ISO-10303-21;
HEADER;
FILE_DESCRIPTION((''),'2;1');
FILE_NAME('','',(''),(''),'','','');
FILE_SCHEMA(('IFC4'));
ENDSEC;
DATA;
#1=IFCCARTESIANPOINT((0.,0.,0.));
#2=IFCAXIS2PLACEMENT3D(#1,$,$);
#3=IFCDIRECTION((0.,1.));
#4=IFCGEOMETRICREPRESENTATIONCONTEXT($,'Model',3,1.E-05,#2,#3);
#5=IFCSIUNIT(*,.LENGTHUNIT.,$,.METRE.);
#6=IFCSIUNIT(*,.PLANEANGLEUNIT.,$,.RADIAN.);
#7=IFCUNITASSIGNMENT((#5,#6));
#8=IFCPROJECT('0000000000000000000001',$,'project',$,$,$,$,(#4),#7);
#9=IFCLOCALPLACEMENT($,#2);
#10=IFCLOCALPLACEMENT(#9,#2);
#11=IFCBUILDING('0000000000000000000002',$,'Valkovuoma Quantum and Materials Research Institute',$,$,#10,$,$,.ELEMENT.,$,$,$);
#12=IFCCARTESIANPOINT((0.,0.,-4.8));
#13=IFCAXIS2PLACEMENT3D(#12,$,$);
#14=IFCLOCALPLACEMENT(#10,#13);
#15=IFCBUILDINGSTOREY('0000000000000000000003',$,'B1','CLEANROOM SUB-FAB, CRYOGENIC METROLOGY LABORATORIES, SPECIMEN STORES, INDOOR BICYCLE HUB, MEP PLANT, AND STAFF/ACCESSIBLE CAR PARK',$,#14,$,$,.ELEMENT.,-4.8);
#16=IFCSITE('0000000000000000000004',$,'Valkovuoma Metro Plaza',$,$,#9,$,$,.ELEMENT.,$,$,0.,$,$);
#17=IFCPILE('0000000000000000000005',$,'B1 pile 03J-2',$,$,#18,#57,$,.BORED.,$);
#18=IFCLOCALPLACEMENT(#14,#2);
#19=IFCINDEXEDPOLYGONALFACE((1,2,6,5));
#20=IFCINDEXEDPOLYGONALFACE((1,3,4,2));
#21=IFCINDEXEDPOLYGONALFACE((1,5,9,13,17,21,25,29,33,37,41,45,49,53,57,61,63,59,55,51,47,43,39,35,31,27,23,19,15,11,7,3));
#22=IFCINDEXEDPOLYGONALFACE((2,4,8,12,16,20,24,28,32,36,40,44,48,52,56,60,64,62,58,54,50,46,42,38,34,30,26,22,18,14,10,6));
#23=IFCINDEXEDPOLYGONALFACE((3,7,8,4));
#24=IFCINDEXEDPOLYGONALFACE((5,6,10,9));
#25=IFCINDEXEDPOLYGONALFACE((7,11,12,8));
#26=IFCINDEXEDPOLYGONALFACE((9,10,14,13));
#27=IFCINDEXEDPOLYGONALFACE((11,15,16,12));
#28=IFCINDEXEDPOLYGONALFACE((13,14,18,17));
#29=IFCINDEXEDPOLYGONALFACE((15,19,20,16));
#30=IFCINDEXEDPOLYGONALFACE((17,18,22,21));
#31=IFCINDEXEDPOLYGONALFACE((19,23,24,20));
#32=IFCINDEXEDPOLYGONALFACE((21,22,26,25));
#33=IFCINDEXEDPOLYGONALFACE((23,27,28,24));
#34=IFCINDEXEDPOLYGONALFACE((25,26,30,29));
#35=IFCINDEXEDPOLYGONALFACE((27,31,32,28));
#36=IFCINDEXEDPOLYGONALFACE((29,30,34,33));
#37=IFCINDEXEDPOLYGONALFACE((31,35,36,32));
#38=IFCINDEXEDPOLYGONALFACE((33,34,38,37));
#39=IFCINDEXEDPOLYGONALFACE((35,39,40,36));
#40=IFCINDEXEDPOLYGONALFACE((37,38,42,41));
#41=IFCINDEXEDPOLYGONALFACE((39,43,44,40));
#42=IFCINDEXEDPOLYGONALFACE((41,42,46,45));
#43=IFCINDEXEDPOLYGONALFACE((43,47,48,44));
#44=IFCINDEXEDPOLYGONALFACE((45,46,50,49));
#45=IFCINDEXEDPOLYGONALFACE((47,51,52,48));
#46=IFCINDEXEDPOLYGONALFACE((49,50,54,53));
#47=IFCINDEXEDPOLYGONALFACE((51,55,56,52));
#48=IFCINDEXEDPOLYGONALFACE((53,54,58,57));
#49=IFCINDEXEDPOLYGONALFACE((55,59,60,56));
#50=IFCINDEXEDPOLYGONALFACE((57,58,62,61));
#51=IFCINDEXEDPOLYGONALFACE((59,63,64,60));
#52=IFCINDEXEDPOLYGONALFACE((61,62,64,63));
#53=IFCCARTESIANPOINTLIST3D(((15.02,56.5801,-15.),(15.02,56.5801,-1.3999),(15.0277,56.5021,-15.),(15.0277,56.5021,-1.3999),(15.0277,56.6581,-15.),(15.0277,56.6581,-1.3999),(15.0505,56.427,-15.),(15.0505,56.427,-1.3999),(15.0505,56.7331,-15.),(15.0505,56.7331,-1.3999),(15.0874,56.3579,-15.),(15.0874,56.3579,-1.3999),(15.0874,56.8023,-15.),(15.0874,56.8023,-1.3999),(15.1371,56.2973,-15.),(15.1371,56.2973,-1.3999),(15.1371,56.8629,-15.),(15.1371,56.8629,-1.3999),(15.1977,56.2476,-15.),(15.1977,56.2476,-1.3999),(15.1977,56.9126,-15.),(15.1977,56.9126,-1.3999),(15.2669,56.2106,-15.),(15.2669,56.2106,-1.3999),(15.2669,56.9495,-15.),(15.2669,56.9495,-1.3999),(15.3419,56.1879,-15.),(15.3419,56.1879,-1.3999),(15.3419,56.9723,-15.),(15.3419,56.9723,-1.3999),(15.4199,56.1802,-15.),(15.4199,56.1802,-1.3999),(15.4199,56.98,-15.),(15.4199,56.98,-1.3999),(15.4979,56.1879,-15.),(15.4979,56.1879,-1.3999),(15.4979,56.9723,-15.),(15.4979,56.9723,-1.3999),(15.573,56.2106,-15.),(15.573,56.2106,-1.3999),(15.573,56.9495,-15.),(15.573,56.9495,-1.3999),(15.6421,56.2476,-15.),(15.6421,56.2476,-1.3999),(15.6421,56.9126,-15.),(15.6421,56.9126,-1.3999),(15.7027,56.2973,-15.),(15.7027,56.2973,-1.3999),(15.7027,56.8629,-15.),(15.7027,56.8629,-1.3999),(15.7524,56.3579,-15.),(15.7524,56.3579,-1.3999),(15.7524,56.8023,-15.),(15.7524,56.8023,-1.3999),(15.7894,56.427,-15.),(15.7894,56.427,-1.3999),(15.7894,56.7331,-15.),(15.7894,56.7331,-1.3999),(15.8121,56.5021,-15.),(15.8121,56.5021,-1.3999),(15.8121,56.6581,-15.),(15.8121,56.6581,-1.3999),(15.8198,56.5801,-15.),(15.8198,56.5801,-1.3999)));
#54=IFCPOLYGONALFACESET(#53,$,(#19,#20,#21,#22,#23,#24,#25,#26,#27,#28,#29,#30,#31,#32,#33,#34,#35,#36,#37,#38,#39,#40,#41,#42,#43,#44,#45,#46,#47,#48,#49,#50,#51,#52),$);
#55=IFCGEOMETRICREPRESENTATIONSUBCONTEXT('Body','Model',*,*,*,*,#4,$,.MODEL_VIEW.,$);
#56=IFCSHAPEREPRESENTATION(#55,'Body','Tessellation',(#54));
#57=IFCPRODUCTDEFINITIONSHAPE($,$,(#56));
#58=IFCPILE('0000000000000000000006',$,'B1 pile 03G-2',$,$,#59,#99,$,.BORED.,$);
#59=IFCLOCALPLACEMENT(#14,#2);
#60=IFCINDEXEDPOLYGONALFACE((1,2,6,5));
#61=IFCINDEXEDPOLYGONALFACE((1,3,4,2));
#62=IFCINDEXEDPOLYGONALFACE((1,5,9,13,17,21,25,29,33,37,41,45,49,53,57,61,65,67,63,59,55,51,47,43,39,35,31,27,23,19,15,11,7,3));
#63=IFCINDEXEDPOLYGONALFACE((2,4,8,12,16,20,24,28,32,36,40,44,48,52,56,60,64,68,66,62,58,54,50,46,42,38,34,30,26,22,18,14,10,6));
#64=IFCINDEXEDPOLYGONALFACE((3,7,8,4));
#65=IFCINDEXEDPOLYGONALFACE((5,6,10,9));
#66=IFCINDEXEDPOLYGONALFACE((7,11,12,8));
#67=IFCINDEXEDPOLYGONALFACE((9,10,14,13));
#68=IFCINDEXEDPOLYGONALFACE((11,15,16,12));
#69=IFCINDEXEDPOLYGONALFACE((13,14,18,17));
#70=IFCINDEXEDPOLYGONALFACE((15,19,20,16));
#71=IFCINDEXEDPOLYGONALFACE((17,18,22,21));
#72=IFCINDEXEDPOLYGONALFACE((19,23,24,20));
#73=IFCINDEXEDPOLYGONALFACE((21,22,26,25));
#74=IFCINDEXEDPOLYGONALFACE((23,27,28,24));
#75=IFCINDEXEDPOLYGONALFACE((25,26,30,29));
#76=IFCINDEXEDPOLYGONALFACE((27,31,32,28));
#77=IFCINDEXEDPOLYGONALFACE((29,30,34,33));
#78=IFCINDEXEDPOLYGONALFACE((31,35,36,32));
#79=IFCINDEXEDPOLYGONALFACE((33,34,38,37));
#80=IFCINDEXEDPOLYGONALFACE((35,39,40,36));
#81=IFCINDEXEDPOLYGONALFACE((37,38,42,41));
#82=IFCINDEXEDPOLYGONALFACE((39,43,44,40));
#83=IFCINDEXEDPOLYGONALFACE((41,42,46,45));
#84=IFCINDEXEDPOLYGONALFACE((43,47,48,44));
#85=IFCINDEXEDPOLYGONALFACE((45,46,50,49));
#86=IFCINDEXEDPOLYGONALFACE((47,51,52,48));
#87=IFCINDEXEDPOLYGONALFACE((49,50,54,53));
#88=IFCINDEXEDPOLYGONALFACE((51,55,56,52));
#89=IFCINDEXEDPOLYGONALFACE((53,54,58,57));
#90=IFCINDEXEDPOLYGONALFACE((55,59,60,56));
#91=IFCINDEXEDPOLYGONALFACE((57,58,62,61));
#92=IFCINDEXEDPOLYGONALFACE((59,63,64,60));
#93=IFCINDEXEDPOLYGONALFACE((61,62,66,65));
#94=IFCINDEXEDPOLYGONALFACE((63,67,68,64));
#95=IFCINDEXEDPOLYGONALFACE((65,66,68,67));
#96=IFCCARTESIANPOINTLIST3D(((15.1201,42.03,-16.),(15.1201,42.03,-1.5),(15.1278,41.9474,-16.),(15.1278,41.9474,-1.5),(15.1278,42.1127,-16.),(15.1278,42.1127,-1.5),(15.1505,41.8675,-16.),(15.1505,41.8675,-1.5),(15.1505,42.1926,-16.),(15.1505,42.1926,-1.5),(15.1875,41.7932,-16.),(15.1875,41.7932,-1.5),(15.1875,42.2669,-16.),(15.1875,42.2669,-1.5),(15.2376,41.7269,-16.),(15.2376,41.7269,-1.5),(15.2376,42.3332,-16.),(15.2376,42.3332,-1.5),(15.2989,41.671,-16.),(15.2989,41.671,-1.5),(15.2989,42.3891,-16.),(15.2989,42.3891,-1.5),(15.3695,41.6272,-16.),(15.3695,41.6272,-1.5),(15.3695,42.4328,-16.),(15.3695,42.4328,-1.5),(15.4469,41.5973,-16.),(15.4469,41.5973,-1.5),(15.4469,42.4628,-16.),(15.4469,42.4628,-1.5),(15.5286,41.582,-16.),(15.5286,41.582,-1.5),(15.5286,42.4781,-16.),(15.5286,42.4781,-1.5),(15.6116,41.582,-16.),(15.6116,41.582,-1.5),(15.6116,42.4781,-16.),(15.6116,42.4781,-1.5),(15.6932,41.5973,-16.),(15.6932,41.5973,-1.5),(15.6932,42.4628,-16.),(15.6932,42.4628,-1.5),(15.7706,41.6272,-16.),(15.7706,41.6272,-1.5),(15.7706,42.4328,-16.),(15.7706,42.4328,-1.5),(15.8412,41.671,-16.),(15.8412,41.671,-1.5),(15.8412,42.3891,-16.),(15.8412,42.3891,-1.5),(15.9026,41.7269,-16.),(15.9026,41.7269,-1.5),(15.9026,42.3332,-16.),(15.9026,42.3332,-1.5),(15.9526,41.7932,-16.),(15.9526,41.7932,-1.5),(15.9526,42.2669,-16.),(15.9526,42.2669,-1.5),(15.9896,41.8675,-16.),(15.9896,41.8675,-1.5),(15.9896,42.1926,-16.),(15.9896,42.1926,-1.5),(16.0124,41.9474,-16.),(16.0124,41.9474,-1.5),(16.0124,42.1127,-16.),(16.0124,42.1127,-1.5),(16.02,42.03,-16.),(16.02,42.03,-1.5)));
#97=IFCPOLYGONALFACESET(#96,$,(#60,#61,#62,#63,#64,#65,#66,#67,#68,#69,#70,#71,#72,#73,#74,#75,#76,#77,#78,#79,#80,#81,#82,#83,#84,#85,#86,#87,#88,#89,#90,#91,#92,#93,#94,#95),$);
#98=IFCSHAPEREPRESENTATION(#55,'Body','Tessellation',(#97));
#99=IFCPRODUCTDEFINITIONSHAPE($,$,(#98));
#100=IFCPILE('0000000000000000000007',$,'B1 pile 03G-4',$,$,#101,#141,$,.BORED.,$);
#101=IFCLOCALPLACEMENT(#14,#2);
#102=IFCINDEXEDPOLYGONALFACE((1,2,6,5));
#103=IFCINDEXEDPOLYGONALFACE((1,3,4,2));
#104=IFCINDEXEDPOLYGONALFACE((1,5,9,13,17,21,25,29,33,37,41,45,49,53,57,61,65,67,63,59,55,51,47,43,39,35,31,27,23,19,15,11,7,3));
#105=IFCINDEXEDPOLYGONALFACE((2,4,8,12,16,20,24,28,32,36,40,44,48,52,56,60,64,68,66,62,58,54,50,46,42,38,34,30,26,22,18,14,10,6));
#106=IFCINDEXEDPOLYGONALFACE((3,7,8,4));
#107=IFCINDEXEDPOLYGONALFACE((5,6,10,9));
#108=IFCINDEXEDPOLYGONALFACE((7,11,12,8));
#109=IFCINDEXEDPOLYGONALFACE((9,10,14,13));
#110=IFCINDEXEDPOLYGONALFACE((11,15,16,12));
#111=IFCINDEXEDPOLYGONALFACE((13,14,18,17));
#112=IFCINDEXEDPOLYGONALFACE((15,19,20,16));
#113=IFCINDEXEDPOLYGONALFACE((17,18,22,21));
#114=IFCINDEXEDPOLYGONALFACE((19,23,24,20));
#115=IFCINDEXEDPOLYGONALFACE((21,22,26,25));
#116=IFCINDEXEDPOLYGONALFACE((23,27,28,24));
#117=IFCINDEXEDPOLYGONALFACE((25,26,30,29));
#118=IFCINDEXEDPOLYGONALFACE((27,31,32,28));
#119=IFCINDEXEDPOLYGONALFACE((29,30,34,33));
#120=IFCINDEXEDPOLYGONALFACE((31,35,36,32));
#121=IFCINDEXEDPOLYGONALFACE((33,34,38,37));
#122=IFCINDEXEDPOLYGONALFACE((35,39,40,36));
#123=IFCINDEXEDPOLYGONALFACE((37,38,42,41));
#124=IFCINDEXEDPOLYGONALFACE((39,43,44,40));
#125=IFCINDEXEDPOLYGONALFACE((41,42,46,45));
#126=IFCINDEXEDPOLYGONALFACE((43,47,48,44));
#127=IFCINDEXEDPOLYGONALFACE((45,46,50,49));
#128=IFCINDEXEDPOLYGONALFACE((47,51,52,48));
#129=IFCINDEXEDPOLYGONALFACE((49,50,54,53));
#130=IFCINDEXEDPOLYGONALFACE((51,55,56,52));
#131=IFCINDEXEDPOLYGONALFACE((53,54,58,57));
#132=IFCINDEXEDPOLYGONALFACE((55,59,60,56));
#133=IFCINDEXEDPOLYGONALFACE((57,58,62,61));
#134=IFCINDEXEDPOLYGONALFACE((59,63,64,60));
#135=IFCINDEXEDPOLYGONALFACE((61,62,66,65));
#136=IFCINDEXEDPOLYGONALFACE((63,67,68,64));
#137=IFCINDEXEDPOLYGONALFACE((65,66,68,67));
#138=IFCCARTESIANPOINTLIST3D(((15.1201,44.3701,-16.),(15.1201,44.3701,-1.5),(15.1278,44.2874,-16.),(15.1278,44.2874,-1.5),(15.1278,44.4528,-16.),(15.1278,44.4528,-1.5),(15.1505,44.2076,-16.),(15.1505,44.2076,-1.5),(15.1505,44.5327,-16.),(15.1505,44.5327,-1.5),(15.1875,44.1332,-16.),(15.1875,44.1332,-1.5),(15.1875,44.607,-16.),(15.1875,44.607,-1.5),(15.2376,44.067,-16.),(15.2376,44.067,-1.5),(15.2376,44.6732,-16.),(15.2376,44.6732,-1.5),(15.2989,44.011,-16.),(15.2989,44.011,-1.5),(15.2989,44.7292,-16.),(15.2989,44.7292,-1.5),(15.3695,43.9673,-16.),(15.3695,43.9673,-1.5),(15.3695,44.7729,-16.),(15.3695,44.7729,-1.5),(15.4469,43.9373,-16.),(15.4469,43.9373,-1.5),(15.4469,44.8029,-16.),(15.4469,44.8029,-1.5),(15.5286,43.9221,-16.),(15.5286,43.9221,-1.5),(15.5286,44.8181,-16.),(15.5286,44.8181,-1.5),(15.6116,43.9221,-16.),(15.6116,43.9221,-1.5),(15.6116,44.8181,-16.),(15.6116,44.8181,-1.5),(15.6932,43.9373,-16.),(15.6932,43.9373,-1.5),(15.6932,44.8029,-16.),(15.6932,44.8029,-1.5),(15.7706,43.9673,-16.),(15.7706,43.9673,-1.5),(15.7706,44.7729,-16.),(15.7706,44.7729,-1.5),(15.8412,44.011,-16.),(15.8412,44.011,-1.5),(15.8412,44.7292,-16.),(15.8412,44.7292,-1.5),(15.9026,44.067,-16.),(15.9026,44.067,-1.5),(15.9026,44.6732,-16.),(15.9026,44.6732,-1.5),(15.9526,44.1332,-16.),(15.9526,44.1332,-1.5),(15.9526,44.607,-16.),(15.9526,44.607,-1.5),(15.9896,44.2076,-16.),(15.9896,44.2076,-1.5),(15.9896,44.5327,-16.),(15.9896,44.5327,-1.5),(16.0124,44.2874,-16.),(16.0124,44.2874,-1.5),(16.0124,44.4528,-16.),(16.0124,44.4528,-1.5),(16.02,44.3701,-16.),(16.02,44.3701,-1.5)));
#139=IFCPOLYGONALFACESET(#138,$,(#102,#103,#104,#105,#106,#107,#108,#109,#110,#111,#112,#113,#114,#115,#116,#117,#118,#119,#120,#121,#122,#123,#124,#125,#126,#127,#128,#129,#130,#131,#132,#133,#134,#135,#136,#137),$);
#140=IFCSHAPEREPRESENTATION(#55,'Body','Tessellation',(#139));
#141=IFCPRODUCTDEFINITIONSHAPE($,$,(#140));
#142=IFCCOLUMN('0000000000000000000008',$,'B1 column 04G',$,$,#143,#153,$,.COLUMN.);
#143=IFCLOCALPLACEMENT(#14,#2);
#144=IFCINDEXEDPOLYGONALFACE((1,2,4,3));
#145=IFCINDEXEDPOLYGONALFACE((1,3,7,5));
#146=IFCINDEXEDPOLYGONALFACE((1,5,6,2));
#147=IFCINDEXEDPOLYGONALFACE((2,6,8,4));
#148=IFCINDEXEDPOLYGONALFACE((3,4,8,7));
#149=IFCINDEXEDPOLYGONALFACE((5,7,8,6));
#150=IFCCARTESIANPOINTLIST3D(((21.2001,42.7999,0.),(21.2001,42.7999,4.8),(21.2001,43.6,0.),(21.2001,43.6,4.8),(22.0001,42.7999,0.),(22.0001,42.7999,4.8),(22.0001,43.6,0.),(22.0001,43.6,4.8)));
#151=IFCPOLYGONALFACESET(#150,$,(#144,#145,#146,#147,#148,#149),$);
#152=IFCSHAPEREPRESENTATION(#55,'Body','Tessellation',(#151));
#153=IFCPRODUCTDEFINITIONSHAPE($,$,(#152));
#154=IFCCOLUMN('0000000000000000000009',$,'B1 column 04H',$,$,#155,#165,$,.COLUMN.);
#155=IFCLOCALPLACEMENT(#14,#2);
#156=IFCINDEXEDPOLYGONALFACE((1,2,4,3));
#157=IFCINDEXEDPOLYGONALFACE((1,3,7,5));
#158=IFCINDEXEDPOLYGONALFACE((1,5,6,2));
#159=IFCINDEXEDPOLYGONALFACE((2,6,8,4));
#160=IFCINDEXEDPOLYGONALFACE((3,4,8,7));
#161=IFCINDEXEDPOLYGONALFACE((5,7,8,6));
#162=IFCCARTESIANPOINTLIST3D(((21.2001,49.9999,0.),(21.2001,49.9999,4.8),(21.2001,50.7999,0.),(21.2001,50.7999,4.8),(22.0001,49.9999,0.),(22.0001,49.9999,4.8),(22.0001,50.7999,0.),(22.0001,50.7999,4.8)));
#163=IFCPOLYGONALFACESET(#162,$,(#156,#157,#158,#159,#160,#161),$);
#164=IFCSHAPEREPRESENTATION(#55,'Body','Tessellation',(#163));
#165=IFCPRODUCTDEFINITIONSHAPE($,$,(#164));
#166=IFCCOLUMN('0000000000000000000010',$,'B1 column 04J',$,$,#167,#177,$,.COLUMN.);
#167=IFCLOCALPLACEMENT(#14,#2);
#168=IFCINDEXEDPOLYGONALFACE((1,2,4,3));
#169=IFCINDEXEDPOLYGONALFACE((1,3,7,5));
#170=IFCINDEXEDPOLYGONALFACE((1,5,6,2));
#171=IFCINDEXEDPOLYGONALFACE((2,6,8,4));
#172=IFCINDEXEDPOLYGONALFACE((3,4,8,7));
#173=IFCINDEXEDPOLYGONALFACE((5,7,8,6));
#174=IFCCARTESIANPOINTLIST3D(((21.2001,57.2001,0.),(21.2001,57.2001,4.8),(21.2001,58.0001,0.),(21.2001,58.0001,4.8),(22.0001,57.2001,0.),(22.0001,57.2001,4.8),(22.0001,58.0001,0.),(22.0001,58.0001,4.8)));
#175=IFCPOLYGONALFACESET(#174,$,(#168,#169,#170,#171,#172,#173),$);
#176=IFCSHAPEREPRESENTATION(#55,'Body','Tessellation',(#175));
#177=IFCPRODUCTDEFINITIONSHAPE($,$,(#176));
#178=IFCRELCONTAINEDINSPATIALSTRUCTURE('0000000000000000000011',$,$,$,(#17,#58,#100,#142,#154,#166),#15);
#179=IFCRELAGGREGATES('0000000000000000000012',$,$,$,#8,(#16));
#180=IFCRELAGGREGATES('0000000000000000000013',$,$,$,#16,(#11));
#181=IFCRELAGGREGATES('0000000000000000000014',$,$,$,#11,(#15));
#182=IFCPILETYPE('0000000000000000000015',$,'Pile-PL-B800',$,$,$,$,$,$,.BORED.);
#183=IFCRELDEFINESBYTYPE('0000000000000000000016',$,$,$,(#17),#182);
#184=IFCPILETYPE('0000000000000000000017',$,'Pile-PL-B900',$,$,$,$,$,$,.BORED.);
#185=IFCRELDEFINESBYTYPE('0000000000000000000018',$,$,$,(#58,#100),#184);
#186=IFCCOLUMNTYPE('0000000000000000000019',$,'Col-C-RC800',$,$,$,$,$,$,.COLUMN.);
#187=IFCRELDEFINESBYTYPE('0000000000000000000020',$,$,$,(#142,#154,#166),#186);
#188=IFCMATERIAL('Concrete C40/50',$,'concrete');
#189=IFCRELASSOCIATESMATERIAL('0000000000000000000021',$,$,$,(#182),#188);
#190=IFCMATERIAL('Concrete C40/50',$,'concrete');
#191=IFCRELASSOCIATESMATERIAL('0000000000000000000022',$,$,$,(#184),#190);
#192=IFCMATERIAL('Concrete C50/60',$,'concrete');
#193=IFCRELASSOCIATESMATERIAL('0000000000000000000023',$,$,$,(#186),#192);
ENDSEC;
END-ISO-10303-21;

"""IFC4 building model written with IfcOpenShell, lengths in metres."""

from ifc_helpers import new_model, si_unit, direction, frame, origin, origin_2d, place, context, subcontext, project, spatial, rectangle, circle, extrude, material, material_profile, profile_set, type_object, element, save


model = new_model("IFC4")

# Units and contexts
model_context = context("Model", 3, precision=1e-05, world=origin(), true_north=direction((0.0, 1.0)))
body_context = subcontext(model_context, "Body", "Model", "MODEL_VIEW")
ifc_project = project(units=[si_unit("LENGTHUNIT", "METRE"), si_unit("PLANEANGLEUNIT", "RADIAN")], contexts=[model_context])

# Site, building, storey
site_placement = place(None, origin())
site = spatial("IfcSite", under=ifc_project, at=site_placement, Name="Valkovuoma Metro Plaza", CompositionType="ELEMENT", RefElevation=0.0)
building_placement = place(site_placement, origin())
building = spatial("IfcBuilding", under=site, at=building_placement, Name="Valkovuoma Quantum and Materials Research Institute", CompositionType="ELEMENT")
storey_placement = place(building_placement, frame((0.0, 0.0, -4.8)))
storey = spatial("IfcBuildingStorey", under=building, at=storey_placement, Name="B1", Description="CLEANROOM SUB-FAB, CRYOGENIC METROLOGY LABORATORIES, SPECIMEN STORES, INDOOR BICYCLE HUB, MEP PLANT, AND STAFF/ACCESSIBLE CAR PARK", CompositionType="ELEMENT", Elevation=-4.8)

# Piles
ifc_material_1 = material(Name="Concrete C40/50", Category="concrete")
ifc_material_profile_1 = material_profile(ifc_material_1, circle(Radius=0.3999, at=origin_2d()), Name="Concrete C40/50")
ifc_profile_set_1 = profile_set([ifc_material_profile_1], Name="Concrete C40/50")
pile_type_1 = type_object("IfcPileType", Name="Pile-PL-B800", PredefinedType="BORED", material=ifc_profile_set_1)
pile_placement = place(storey_placement, frame((15.4199, 56.5801, -1.3999), z_axis=(0.0, 0.0, -1.0), x_axis=(1.0, 0.0, 0.0)))
element("IfcPile", 1, at=pile_placement, inside=storey, type_object=pile_type_1, Name="B1 pile 03J-2", PredefinedType="BORED", context=body_context, shape_type="SweptSolid", body=[
    extrude(circle(Radius=0.3999, at=origin_2d()), origin(), (0.0, 0.0, 1.0), 13.6001),
])
ifc_material_2 = material(Name="Concrete C40/50", Category="concrete")
ifc_material_profile_2 = material_profile(ifc_material_2, circle(Radius=0.45, at=origin_2d()), Name="Concrete C40/50")
ifc_profile_set_2 = profile_set([ifc_material_profile_2], Name="Concrete C40/50")
pile_type_2 = type_object("IfcPileType", Name="Pile-PL-B900", PredefinedType="BORED", material=ifc_profile_set_2)
for number, where, z_axis, x_axis, name in (
    (2, (15.5701, 42.03, -1.5), (0.0, 0.0, -1.0), (1.0, 0.0, 0.0), "B1 pile 03G-2"),
    (3, (15.5701, 44.3701, -1.5), (0.0, 0.0, -1.0), (1.0, 0.0, 0.0), "B1 pile 03G-4"),
):
    element("IfcPile", number, at=place(storey_placement, frame(where, z_axis=z_axis, x_axis=x_axis)), inside=storey, type_object=pile_type_2, Name=name, PredefinedType="BORED", context=body_context, shape_type="SweptSolid", body=[
        extrude(circle(Radius=0.45, at=origin_2d()), origin(), (0.0, 0.0, 1.0), 14.5),
    ])

# Columns
ifc_material_3 = material(Name="Concrete C50/60", Category="concrete")
ifc_material_profile_3 = material_profile(ifc_material_3, rectangle(XDim=0.8, YDim=0.8, at=origin_2d()), Name="Concrete C50/60")
ifc_profile_set_3 = profile_set([ifc_material_profile_3], Name="Concrete C50/60")
column_type = type_object("IfcColumnType", Name="Col-C-RC800", PredefinedType="COLUMN", material=ifc_profile_set_3)
for number, where, z_axis, x_axis, name in (
    (4, (21.6001, 43.2, 0.0), (0.0, 0.0, 1.0), (1.0, 0.0, 0.0), "B1 column 04G"),
    (5, (21.6001, 50.3999, 0.0), (0.0, 0.0, 1.0), (1.0, 0.0, 0.0), "B1 column 04H"),
    (6, (21.6001, 57.6001, 0.0), (0.0, 0.0, 1.0), (1.0, 0.0, 0.0), "B1 column 04J"),
):
    element("IfcColumn", number, at=place(storey_placement, frame(where, z_axis=z_axis, x_axis=x_axis)), inside=storey, type_object=column_type, Name=name, PredefinedType="COLUMN", context=body_context, shape_type="SweptSolid", body=[
        extrude(rectangle(XDim=0.8, YDim=0.8, at=origin_2d()), origin(), (0.0, 0.0, 1.0), 4.8),
    ])

save(model, "model.ifc")
